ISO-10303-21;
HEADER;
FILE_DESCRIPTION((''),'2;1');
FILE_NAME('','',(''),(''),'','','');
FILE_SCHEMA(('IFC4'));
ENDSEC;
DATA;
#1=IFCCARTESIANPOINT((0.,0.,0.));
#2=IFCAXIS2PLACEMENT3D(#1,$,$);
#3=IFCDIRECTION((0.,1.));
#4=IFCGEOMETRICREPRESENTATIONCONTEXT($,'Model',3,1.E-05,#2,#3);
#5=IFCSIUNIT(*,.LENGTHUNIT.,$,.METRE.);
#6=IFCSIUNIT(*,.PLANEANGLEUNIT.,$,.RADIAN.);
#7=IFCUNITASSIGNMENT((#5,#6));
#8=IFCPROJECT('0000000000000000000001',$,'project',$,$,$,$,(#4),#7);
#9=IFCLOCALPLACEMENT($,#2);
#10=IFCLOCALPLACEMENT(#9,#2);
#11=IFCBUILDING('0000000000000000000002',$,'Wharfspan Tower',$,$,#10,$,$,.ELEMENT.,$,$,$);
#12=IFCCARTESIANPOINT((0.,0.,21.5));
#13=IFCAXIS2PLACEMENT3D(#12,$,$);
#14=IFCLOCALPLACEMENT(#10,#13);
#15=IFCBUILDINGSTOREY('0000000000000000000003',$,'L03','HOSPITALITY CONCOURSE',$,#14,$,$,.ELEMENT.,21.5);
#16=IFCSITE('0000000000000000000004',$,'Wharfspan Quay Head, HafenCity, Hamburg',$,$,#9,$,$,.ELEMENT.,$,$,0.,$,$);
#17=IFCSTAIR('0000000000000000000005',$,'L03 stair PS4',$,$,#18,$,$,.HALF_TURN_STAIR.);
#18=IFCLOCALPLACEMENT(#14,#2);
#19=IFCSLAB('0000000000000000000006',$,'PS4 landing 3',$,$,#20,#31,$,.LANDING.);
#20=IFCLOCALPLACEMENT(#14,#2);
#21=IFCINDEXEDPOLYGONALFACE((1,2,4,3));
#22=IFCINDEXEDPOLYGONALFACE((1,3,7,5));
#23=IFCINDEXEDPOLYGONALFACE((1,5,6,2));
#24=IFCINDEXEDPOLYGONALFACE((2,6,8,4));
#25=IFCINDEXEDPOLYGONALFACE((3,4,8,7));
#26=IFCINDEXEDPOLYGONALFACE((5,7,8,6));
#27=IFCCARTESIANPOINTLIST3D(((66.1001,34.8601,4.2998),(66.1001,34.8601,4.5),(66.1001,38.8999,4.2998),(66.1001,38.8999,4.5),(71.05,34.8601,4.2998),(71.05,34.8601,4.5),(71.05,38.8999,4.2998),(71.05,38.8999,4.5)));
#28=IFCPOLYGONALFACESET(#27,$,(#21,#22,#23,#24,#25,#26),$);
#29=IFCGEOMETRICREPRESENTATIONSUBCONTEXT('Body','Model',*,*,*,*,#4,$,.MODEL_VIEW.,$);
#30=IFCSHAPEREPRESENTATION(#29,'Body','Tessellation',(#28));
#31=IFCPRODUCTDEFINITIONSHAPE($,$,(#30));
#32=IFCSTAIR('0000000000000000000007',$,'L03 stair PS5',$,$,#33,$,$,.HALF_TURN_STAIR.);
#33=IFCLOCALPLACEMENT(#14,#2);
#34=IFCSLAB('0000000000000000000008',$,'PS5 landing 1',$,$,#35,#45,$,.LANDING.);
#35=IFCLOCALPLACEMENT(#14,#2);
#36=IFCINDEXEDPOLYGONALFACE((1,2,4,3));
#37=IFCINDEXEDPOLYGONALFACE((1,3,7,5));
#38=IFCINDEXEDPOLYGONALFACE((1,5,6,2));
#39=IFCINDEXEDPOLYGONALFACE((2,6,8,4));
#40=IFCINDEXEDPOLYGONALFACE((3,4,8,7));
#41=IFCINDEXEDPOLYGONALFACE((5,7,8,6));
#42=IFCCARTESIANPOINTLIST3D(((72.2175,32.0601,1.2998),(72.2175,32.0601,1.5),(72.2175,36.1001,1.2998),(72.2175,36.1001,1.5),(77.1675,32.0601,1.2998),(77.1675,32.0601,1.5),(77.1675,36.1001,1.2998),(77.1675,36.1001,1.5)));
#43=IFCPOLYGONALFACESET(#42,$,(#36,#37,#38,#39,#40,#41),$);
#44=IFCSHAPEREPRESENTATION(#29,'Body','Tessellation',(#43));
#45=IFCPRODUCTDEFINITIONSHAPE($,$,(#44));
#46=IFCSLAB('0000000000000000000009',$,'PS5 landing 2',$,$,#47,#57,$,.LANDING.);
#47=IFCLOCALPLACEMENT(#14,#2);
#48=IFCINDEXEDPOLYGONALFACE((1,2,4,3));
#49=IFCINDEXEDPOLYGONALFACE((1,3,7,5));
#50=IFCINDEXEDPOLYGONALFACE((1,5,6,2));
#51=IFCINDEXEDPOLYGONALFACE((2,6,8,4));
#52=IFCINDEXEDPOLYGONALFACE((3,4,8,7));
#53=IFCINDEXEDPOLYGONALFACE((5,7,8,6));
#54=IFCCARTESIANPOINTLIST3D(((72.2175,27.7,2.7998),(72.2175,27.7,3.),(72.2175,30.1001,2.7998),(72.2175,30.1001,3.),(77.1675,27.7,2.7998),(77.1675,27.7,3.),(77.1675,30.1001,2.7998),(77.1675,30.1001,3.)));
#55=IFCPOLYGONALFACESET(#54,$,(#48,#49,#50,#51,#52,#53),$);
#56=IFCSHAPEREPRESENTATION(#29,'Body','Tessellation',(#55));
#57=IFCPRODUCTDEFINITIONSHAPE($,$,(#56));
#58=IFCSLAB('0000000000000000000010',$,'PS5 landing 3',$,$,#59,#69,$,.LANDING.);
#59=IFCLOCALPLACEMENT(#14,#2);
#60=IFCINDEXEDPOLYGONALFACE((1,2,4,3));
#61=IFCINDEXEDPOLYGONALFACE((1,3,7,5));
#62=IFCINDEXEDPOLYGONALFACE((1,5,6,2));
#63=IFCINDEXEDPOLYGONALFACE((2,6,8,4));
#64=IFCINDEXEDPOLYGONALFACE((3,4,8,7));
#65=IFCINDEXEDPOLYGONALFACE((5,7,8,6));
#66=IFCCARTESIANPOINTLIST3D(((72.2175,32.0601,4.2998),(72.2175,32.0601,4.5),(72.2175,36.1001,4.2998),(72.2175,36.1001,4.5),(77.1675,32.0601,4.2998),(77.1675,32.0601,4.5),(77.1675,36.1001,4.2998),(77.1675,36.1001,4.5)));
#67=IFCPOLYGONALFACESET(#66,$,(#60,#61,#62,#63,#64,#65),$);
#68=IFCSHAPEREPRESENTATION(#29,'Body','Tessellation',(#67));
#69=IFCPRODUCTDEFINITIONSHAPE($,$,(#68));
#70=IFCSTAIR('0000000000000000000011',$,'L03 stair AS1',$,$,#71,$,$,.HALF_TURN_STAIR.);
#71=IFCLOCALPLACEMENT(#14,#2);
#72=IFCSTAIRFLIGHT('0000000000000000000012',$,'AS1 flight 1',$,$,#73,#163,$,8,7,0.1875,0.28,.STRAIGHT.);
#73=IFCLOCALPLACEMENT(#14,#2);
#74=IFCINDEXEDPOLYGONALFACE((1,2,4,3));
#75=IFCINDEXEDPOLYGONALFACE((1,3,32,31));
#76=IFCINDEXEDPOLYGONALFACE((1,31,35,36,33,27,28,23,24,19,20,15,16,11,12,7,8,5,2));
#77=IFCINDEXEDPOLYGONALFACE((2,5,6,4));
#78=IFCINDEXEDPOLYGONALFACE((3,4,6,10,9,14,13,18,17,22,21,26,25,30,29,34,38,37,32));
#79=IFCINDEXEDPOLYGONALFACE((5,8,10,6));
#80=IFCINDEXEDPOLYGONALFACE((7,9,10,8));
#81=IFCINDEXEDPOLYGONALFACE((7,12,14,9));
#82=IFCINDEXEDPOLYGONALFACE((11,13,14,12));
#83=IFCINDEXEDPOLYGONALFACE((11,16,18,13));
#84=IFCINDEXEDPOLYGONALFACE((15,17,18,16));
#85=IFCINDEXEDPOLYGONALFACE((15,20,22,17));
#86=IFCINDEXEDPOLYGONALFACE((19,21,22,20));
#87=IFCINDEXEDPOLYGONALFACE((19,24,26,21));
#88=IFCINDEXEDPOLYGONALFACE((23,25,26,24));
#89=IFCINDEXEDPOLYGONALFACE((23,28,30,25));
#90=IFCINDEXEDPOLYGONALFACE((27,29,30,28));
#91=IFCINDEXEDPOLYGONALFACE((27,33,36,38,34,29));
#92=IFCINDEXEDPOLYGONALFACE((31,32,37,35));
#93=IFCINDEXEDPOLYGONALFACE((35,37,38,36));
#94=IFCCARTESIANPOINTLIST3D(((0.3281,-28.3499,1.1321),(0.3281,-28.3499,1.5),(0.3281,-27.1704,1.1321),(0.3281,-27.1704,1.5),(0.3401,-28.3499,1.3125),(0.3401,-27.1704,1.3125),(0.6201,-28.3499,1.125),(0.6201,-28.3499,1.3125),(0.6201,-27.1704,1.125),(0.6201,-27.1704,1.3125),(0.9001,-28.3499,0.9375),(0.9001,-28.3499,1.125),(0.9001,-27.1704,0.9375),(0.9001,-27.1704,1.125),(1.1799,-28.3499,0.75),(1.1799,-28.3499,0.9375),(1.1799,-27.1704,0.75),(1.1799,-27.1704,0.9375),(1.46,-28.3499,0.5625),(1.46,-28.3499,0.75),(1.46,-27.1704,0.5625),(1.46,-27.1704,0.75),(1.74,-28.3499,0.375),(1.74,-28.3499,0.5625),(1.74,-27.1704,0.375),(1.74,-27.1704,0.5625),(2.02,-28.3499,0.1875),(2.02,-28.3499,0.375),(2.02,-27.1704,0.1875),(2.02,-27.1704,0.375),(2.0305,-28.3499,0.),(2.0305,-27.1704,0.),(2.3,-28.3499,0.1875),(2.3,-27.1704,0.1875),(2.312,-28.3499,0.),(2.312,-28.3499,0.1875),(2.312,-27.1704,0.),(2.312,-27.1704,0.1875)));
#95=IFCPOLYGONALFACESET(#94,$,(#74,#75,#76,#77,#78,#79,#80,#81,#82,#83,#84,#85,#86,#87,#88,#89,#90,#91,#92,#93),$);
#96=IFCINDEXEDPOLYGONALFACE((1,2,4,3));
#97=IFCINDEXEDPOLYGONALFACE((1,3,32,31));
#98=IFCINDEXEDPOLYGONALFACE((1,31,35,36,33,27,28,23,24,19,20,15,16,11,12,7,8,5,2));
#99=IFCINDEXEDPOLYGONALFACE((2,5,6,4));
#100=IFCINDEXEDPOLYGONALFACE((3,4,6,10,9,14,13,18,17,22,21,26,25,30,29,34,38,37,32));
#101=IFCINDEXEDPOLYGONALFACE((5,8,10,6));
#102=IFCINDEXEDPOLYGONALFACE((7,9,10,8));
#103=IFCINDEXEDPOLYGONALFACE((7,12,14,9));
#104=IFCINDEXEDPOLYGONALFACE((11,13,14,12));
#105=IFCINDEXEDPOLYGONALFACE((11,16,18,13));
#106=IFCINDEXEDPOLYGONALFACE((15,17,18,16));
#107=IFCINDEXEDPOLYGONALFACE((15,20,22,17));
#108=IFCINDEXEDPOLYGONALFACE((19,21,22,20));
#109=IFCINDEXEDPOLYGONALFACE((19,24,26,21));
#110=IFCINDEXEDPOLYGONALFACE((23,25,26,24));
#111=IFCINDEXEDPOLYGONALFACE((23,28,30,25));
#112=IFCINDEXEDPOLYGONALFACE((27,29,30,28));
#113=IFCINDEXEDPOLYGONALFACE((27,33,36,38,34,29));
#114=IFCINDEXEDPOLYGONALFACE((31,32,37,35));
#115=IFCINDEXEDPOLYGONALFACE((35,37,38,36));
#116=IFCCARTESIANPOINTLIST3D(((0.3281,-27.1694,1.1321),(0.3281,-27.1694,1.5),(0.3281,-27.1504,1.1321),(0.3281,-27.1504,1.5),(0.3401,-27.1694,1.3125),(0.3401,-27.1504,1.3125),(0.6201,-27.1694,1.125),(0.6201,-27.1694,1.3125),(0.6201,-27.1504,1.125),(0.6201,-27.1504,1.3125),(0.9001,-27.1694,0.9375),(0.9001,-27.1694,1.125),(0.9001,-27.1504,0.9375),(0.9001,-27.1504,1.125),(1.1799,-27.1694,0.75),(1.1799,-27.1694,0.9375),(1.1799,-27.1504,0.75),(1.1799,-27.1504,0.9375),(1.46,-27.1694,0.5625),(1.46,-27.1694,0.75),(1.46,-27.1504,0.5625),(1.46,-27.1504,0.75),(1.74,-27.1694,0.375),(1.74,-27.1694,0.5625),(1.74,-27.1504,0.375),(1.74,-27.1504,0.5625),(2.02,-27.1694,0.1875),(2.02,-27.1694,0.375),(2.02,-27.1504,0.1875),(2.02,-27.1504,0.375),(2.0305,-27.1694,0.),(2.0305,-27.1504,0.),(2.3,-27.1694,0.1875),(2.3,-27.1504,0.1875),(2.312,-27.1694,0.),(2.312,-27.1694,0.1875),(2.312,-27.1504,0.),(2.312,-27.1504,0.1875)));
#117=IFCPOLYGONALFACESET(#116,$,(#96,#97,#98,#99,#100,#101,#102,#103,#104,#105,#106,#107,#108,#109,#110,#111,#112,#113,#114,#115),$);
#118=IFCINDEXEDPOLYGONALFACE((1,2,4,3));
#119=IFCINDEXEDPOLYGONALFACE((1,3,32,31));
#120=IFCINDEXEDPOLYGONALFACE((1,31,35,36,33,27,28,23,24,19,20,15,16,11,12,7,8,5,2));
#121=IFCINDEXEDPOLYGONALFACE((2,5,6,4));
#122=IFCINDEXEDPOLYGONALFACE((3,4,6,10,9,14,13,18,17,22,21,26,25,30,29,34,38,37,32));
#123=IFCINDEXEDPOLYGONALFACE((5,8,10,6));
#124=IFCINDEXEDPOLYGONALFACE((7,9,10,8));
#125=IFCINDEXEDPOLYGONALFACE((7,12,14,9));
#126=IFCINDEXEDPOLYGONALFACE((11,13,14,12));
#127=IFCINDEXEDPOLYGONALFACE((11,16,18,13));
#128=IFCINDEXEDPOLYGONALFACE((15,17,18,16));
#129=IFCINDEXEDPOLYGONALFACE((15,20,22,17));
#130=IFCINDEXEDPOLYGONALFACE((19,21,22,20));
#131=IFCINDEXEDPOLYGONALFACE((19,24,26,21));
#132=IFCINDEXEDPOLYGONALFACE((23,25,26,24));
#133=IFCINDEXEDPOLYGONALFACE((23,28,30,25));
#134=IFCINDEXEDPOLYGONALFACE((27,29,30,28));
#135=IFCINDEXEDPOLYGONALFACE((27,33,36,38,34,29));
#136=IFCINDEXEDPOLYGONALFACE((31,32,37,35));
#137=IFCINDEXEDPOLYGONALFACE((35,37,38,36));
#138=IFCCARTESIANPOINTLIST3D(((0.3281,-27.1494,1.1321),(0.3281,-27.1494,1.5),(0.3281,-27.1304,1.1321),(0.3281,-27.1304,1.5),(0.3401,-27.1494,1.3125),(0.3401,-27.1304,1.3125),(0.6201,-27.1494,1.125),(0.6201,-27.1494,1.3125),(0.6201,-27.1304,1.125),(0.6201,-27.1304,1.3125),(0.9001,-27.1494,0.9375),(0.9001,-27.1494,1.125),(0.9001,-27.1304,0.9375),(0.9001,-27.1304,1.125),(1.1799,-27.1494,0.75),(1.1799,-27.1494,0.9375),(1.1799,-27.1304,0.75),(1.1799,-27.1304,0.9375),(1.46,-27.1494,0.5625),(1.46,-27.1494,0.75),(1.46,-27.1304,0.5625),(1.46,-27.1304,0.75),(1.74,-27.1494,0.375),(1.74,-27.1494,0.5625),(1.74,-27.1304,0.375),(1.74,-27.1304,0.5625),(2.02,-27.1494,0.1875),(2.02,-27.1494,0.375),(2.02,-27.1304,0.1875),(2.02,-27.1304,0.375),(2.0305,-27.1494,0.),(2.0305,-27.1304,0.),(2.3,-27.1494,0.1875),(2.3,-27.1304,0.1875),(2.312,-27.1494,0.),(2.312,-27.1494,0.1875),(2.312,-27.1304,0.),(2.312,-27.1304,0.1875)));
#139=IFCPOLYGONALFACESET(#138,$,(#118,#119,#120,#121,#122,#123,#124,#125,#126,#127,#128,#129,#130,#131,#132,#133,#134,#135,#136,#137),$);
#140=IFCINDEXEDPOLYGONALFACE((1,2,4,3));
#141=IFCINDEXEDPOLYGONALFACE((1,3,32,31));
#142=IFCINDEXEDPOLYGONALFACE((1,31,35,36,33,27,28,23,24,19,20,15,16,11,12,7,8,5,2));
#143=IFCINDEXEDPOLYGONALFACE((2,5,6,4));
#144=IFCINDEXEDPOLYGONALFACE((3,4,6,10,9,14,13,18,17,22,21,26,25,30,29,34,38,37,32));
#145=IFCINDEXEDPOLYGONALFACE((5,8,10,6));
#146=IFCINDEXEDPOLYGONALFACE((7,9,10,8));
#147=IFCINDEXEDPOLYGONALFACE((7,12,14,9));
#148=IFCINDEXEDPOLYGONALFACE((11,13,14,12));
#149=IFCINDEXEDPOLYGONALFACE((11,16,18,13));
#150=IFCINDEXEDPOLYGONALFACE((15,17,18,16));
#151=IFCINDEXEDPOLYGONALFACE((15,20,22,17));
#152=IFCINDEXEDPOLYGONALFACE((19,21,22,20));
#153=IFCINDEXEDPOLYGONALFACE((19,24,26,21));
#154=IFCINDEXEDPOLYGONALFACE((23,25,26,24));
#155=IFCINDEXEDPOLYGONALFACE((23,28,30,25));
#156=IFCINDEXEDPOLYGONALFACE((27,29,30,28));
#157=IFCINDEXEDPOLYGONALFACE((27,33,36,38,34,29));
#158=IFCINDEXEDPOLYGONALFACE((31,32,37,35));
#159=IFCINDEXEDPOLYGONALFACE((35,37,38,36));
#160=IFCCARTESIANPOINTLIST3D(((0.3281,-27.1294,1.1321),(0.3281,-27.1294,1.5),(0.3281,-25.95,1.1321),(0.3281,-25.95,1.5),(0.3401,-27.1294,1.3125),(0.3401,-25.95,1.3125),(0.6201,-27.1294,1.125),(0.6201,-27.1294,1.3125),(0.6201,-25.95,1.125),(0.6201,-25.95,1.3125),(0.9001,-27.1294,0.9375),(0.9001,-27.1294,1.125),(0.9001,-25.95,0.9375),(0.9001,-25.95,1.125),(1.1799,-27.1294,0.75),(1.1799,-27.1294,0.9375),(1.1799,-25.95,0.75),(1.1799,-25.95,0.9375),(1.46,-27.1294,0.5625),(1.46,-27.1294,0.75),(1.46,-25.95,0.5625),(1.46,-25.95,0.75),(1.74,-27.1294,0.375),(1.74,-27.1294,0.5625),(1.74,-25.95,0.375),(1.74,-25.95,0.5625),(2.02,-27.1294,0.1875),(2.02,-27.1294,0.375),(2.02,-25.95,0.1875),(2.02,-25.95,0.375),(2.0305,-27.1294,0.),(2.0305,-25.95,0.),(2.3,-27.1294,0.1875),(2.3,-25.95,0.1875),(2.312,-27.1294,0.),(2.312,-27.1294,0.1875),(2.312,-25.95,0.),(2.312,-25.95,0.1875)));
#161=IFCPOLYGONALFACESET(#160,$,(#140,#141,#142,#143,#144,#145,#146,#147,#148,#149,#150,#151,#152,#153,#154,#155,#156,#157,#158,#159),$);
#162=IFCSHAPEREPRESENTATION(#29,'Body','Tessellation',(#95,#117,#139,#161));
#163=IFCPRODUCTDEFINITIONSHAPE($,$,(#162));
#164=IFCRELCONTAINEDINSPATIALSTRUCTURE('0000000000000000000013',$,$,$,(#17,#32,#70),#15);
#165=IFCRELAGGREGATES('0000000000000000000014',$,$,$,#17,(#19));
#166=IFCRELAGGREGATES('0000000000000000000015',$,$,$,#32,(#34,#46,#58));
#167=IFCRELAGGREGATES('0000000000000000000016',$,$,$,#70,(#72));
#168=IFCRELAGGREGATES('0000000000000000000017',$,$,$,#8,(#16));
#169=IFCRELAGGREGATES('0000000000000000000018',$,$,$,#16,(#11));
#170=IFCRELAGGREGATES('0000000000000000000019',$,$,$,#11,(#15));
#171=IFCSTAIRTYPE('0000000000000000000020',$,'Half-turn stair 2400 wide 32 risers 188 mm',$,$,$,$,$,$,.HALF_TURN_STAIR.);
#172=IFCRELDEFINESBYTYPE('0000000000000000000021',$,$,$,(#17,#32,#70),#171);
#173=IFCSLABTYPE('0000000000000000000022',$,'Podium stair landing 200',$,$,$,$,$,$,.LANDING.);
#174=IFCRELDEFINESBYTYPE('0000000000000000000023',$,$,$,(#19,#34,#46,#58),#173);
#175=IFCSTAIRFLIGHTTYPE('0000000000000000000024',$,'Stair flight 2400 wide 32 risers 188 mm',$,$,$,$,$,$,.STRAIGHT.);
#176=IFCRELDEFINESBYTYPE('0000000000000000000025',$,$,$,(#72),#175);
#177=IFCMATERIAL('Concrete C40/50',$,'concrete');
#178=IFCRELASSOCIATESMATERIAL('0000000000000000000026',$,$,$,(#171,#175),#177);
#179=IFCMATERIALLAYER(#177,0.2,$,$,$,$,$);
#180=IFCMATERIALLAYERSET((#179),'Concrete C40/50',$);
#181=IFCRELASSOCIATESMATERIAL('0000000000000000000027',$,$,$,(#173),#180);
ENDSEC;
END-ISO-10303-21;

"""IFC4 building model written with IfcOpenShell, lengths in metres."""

from ifc_helpers import new_model, si_unit, direction, frame, origin, place, context, subcontext, project, spatial, polyline, outline, extrude, material, layer, layer_set, type_object, element, aggregate, save


model = new_model("IFC4")

# Units and contexts
model_context = context("Model", 3, precision=1e-05, world=origin(), true_north=direction((0.0, 1.0)))
body_context = subcontext(model_context, "Body", "Model", "MODEL_VIEW")
ifc_project = project(units=[si_unit("LENGTHUNIT", "METRE"), si_unit("PLANEANGLEUNIT", "RADIAN")], contexts=[model_context])

# Site, building, storey
site_placement = place(None, origin())
site = spatial("IfcSite", under=ifc_project, at=site_placement, Name="Wharfspan Quay Head, HafenCity, Hamburg", CompositionType="ELEMENT", RefElevation=0.0)
building_placement = place(site_placement, origin())
building = spatial("IfcBuilding", under=site, at=building_placement, Name="Wharfspan Tower", CompositionType="ELEMENT")
storey_placement = place(building_placement, frame((0.0, 0.0, 21.5)))
storey = spatial("IfcBuildingStorey", under=building, at=storey_placement, Name="L03", Description="HOSPITALITY CONCOURSE", CompositionType="ELEMENT", Elevation=21.5)

# Stair, slab
ifc_material_1 = material(Name="Concrete C40/50", Category="concrete")
stair_type = type_object("IfcStairType", Name="Half-turn stair 2400 wide 32 risers 188 mm", PredefinedType="HALF_TURN_STAIR", material=ifc_material_1)
stair_1_placement = place(storey_placement, origin())
stair_1 = element("IfcStair", 1, at=stair_1_placement, inside=storey, type_object=stair_type, Name="L03 stair PS4", PredefinedType="HALF_TURN_STAIR")
ifc_layer = layer(ifc_material_1, 0.2)
ifc_layer_set = layer_set([ifc_layer], Name="Concrete C40/50")
slab_type = type_object("IfcSlabType", Name="Podium stair landing 200", PredefinedType="LANDING", material=ifc_layer_set)
slab_1_placement = place(storey_placement, frame((0.0, 0.0, 4.2998)))
slab_1 = element("IfcSlab", 2, at=slab_1_placement, type_object=slab_type, Name="PS4 landing 3", PredefinedType="LANDING", context=body_context, shape_type="SweptSolid", body=[
    extrude(outline(polyline([(71.05, 34.8601), (71.05, 38.8999), (66.1001, 38.8999), (66.1001, 34.8601), (71.05, 34.8601)])), origin(), (0.0, 0.0, 1.0), 0.2002),
])
aggregate(stair_1, [slab_1])

# Stair, slabs
stair_2_placement = place(storey_placement, origin())
stair_2 = element("IfcStair", 3, at=stair_2_placement, inside=storey, type_object=stair_type, Name="L03 stair PS5", PredefinedType="HALF_TURN_STAIR")
slab_2_placement = place(storey_placement, frame((0.0, 0.0, 1.2998)))
slab_2 = element("IfcSlab", 4, at=slab_2_placement, type_object=slab_type, Name="PS5 landing 1", PredefinedType="LANDING", context=body_context, shape_type="SweptSolid", body=[
    extrude(outline(polyline([(77.1675, 32.0601), (77.1675, 36.1001), (72.2175, 36.1001), (72.2175, 32.0601), (77.1675, 32.0601)])), origin(), (0.0, 0.0, 1.0), 0.2002),
])
slab_3_placement = place(storey_placement, frame((0.0, 0.0, 2.7998)))
slab_3 = element("IfcSlab", 5, at=slab_3_placement, type_object=slab_type, Name="PS5 landing 2", PredefinedType="LANDING", context=body_context, shape_type="SweptSolid", body=[
    extrude(outline(polyline([(77.1675, 27.7), (77.1675, 30.1001), (72.2175, 30.1001), (72.2175, 27.7), (77.1675, 27.7)])), origin(), (0.0, 0.0, 1.0), 0.2002),
])
slab_4_placement = place(storey_placement, frame((0.0, 0.0, 4.2998)))
slab_4 = element("IfcSlab", 6, at=slab_4_placement, type_object=slab_type, Name="PS5 landing 3", PredefinedType="LANDING", context=body_context, shape_type="SweptSolid", body=[
    extrude(outline(polyline([(77.1675, 32.0601), (77.1675, 36.1001), (72.2175, 36.1001), (72.2175, 32.0601), (77.1675, 32.0601)])), origin(), (0.0, 0.0, 1.0), 0.2002),
])
aggregate(stair_2, [slab_2, slab_3, slab_4])

# Stair, stair flight
stair_3_placement = place(storey_placement, origin())
stair_3 = element("IfcStair", 7, at=stair_3_placement, inside=storey, type_object=stair_type, Name="L03 stair AS1", PredefinedType="HALF_TURN_STAIR")
stair_flight_type = type_object("IfcStairFlightType", Name="Stair flight 2400 wide 32 risers 188 mm", PredefinedType="STRAIGHT", material=ifc_material_1)
stair_flight_1_placement = place(storey_placement, frame((2.3, -27.1499, 0.0), z_axis=(0.0, 0.0, 1.0), x_axis=(-1.0, 0.0, 0.0)))
stair_flight_1 = element("IfcStairFlight", 8, at=stair_flight_1_placement, type_object=stair_flight_type, Name="AS1 flight 1", NumberOfRisers=8, NumberOfTreads=7, PredefinedType="STRAIGHT", RiserHeight=0.1875, TreadLength=0.28, context=body_context, shape_type="SweptSolid", body=[
    extrude(outline(polyline([(-0.012, 0.0), (-0.012, 0.1875), (0.0, 0.1875), (0.28, 0.1875), (0.28, 0.375), (0.5601, 0.375), (0.5601, 0.5625), (0.8401, 0.5625), (0.8401, 0.75), (1.1201, 0.75), (1.1201, 0.9375), (1.3999, 0.9375), (1.3999, 1.125), (1.6799, 1.125), (1.6799, 1.3125), (1.96, 1.3125), (1.9719, 1.5), (1.9719, 1.1321), (0.2695, 0.0), (-0.012, 0.0)])), frame((0.0, 1.2, 0.0), z_axis=(0.0, -1.0, 0.0), x_axis=(1.0, 0.0, 0.0)), (0.0, 0.0, 1.0), 1.1794),
    extrude(outline(polyline([(-0.012, 0.0), (-0.012, 0.1875), (0.0, 0.1875), (0.28, 0.1875), (0.28, 0.375), (0.5601, 0.375), (0.5601, 0.5625), (0.8401, 0.5625), (0.8401, 0.75), (1.1201, 0.75), (1.1201, 0.9375), (1.3999, 0.9375), (1.3999, 1.125), (1.6799, 1.125), (1.6799, 1.3125), (1.96, 1.3125), (1.9719, 1.5), (1.9719, 1.1321), (0.2695, 0.0), (-0.012, 0.0)])), frame((0.0, 0.0195, 0.0), z_axis=(0.0, -1.0, 0.0), x_axis=(1.0, 0.0, 0.0)), (0.0, 0.0, 1.0), 0.019),
    extrude(outline(polyline([(-0.012, 0.0), (-0.012, 0.1875), (0.0, 0.1875), (0.28, 0.1875), (0.28, 0.375), (0.5601, 0.375), (0.5601, 0.5625), (0.8401, 0.5625), (0.8401, 0.75), (1.1201, 0.75), (1.1201, 0.9375), (1.3999, 0.9375), (1.3999, 1.125), (1.6799, 1.125), (1.6799, 1.3125), (1.96, 1.3125), (1.9719, 1.5), (1.9719, 1.1321), (0.2695, 0.0), (-0.012, 0.0)])), frame((0.0, -0.0005, 0.0), z_axis=(0.0, -1.0, 0.0), x_axis=(1.0, 0.0, 0.0)), (0.0, 0.0, 1.0), 0.019),
    extrude(outline(polyline([(-0.012, 0.0), (-0.012, 0.1875), (0.0, 0.1875), (0.28, 0.1875), (0.28, 0.375), (0.5601, 0.375), (0.5601, 0.5625), (0.8401, 0.5625), (0.8401, 0.75), (1.1201, 0.75), (1.1201, 0.9375), (1.3999, 0.9375), (1.3999, 1.125), (1.6799, 1.125), (1.6799, 1.3125), (1.96, 1.3125), (1.9719, 1.5), (1.9719, 1.1321), (0.2695, 0.0), (-0.012, 0.0)])), frame((0.0, -0.0205, 0.0), z_axis=(0.0, -1.0, 0.0), x_axis=(1.0, 0.0, 0.0)), (0.0, 0.0, 1.0), 1.1794),
])
aggregate(stair_3, [stair_flight_1])

save(model, "model.ifc")
